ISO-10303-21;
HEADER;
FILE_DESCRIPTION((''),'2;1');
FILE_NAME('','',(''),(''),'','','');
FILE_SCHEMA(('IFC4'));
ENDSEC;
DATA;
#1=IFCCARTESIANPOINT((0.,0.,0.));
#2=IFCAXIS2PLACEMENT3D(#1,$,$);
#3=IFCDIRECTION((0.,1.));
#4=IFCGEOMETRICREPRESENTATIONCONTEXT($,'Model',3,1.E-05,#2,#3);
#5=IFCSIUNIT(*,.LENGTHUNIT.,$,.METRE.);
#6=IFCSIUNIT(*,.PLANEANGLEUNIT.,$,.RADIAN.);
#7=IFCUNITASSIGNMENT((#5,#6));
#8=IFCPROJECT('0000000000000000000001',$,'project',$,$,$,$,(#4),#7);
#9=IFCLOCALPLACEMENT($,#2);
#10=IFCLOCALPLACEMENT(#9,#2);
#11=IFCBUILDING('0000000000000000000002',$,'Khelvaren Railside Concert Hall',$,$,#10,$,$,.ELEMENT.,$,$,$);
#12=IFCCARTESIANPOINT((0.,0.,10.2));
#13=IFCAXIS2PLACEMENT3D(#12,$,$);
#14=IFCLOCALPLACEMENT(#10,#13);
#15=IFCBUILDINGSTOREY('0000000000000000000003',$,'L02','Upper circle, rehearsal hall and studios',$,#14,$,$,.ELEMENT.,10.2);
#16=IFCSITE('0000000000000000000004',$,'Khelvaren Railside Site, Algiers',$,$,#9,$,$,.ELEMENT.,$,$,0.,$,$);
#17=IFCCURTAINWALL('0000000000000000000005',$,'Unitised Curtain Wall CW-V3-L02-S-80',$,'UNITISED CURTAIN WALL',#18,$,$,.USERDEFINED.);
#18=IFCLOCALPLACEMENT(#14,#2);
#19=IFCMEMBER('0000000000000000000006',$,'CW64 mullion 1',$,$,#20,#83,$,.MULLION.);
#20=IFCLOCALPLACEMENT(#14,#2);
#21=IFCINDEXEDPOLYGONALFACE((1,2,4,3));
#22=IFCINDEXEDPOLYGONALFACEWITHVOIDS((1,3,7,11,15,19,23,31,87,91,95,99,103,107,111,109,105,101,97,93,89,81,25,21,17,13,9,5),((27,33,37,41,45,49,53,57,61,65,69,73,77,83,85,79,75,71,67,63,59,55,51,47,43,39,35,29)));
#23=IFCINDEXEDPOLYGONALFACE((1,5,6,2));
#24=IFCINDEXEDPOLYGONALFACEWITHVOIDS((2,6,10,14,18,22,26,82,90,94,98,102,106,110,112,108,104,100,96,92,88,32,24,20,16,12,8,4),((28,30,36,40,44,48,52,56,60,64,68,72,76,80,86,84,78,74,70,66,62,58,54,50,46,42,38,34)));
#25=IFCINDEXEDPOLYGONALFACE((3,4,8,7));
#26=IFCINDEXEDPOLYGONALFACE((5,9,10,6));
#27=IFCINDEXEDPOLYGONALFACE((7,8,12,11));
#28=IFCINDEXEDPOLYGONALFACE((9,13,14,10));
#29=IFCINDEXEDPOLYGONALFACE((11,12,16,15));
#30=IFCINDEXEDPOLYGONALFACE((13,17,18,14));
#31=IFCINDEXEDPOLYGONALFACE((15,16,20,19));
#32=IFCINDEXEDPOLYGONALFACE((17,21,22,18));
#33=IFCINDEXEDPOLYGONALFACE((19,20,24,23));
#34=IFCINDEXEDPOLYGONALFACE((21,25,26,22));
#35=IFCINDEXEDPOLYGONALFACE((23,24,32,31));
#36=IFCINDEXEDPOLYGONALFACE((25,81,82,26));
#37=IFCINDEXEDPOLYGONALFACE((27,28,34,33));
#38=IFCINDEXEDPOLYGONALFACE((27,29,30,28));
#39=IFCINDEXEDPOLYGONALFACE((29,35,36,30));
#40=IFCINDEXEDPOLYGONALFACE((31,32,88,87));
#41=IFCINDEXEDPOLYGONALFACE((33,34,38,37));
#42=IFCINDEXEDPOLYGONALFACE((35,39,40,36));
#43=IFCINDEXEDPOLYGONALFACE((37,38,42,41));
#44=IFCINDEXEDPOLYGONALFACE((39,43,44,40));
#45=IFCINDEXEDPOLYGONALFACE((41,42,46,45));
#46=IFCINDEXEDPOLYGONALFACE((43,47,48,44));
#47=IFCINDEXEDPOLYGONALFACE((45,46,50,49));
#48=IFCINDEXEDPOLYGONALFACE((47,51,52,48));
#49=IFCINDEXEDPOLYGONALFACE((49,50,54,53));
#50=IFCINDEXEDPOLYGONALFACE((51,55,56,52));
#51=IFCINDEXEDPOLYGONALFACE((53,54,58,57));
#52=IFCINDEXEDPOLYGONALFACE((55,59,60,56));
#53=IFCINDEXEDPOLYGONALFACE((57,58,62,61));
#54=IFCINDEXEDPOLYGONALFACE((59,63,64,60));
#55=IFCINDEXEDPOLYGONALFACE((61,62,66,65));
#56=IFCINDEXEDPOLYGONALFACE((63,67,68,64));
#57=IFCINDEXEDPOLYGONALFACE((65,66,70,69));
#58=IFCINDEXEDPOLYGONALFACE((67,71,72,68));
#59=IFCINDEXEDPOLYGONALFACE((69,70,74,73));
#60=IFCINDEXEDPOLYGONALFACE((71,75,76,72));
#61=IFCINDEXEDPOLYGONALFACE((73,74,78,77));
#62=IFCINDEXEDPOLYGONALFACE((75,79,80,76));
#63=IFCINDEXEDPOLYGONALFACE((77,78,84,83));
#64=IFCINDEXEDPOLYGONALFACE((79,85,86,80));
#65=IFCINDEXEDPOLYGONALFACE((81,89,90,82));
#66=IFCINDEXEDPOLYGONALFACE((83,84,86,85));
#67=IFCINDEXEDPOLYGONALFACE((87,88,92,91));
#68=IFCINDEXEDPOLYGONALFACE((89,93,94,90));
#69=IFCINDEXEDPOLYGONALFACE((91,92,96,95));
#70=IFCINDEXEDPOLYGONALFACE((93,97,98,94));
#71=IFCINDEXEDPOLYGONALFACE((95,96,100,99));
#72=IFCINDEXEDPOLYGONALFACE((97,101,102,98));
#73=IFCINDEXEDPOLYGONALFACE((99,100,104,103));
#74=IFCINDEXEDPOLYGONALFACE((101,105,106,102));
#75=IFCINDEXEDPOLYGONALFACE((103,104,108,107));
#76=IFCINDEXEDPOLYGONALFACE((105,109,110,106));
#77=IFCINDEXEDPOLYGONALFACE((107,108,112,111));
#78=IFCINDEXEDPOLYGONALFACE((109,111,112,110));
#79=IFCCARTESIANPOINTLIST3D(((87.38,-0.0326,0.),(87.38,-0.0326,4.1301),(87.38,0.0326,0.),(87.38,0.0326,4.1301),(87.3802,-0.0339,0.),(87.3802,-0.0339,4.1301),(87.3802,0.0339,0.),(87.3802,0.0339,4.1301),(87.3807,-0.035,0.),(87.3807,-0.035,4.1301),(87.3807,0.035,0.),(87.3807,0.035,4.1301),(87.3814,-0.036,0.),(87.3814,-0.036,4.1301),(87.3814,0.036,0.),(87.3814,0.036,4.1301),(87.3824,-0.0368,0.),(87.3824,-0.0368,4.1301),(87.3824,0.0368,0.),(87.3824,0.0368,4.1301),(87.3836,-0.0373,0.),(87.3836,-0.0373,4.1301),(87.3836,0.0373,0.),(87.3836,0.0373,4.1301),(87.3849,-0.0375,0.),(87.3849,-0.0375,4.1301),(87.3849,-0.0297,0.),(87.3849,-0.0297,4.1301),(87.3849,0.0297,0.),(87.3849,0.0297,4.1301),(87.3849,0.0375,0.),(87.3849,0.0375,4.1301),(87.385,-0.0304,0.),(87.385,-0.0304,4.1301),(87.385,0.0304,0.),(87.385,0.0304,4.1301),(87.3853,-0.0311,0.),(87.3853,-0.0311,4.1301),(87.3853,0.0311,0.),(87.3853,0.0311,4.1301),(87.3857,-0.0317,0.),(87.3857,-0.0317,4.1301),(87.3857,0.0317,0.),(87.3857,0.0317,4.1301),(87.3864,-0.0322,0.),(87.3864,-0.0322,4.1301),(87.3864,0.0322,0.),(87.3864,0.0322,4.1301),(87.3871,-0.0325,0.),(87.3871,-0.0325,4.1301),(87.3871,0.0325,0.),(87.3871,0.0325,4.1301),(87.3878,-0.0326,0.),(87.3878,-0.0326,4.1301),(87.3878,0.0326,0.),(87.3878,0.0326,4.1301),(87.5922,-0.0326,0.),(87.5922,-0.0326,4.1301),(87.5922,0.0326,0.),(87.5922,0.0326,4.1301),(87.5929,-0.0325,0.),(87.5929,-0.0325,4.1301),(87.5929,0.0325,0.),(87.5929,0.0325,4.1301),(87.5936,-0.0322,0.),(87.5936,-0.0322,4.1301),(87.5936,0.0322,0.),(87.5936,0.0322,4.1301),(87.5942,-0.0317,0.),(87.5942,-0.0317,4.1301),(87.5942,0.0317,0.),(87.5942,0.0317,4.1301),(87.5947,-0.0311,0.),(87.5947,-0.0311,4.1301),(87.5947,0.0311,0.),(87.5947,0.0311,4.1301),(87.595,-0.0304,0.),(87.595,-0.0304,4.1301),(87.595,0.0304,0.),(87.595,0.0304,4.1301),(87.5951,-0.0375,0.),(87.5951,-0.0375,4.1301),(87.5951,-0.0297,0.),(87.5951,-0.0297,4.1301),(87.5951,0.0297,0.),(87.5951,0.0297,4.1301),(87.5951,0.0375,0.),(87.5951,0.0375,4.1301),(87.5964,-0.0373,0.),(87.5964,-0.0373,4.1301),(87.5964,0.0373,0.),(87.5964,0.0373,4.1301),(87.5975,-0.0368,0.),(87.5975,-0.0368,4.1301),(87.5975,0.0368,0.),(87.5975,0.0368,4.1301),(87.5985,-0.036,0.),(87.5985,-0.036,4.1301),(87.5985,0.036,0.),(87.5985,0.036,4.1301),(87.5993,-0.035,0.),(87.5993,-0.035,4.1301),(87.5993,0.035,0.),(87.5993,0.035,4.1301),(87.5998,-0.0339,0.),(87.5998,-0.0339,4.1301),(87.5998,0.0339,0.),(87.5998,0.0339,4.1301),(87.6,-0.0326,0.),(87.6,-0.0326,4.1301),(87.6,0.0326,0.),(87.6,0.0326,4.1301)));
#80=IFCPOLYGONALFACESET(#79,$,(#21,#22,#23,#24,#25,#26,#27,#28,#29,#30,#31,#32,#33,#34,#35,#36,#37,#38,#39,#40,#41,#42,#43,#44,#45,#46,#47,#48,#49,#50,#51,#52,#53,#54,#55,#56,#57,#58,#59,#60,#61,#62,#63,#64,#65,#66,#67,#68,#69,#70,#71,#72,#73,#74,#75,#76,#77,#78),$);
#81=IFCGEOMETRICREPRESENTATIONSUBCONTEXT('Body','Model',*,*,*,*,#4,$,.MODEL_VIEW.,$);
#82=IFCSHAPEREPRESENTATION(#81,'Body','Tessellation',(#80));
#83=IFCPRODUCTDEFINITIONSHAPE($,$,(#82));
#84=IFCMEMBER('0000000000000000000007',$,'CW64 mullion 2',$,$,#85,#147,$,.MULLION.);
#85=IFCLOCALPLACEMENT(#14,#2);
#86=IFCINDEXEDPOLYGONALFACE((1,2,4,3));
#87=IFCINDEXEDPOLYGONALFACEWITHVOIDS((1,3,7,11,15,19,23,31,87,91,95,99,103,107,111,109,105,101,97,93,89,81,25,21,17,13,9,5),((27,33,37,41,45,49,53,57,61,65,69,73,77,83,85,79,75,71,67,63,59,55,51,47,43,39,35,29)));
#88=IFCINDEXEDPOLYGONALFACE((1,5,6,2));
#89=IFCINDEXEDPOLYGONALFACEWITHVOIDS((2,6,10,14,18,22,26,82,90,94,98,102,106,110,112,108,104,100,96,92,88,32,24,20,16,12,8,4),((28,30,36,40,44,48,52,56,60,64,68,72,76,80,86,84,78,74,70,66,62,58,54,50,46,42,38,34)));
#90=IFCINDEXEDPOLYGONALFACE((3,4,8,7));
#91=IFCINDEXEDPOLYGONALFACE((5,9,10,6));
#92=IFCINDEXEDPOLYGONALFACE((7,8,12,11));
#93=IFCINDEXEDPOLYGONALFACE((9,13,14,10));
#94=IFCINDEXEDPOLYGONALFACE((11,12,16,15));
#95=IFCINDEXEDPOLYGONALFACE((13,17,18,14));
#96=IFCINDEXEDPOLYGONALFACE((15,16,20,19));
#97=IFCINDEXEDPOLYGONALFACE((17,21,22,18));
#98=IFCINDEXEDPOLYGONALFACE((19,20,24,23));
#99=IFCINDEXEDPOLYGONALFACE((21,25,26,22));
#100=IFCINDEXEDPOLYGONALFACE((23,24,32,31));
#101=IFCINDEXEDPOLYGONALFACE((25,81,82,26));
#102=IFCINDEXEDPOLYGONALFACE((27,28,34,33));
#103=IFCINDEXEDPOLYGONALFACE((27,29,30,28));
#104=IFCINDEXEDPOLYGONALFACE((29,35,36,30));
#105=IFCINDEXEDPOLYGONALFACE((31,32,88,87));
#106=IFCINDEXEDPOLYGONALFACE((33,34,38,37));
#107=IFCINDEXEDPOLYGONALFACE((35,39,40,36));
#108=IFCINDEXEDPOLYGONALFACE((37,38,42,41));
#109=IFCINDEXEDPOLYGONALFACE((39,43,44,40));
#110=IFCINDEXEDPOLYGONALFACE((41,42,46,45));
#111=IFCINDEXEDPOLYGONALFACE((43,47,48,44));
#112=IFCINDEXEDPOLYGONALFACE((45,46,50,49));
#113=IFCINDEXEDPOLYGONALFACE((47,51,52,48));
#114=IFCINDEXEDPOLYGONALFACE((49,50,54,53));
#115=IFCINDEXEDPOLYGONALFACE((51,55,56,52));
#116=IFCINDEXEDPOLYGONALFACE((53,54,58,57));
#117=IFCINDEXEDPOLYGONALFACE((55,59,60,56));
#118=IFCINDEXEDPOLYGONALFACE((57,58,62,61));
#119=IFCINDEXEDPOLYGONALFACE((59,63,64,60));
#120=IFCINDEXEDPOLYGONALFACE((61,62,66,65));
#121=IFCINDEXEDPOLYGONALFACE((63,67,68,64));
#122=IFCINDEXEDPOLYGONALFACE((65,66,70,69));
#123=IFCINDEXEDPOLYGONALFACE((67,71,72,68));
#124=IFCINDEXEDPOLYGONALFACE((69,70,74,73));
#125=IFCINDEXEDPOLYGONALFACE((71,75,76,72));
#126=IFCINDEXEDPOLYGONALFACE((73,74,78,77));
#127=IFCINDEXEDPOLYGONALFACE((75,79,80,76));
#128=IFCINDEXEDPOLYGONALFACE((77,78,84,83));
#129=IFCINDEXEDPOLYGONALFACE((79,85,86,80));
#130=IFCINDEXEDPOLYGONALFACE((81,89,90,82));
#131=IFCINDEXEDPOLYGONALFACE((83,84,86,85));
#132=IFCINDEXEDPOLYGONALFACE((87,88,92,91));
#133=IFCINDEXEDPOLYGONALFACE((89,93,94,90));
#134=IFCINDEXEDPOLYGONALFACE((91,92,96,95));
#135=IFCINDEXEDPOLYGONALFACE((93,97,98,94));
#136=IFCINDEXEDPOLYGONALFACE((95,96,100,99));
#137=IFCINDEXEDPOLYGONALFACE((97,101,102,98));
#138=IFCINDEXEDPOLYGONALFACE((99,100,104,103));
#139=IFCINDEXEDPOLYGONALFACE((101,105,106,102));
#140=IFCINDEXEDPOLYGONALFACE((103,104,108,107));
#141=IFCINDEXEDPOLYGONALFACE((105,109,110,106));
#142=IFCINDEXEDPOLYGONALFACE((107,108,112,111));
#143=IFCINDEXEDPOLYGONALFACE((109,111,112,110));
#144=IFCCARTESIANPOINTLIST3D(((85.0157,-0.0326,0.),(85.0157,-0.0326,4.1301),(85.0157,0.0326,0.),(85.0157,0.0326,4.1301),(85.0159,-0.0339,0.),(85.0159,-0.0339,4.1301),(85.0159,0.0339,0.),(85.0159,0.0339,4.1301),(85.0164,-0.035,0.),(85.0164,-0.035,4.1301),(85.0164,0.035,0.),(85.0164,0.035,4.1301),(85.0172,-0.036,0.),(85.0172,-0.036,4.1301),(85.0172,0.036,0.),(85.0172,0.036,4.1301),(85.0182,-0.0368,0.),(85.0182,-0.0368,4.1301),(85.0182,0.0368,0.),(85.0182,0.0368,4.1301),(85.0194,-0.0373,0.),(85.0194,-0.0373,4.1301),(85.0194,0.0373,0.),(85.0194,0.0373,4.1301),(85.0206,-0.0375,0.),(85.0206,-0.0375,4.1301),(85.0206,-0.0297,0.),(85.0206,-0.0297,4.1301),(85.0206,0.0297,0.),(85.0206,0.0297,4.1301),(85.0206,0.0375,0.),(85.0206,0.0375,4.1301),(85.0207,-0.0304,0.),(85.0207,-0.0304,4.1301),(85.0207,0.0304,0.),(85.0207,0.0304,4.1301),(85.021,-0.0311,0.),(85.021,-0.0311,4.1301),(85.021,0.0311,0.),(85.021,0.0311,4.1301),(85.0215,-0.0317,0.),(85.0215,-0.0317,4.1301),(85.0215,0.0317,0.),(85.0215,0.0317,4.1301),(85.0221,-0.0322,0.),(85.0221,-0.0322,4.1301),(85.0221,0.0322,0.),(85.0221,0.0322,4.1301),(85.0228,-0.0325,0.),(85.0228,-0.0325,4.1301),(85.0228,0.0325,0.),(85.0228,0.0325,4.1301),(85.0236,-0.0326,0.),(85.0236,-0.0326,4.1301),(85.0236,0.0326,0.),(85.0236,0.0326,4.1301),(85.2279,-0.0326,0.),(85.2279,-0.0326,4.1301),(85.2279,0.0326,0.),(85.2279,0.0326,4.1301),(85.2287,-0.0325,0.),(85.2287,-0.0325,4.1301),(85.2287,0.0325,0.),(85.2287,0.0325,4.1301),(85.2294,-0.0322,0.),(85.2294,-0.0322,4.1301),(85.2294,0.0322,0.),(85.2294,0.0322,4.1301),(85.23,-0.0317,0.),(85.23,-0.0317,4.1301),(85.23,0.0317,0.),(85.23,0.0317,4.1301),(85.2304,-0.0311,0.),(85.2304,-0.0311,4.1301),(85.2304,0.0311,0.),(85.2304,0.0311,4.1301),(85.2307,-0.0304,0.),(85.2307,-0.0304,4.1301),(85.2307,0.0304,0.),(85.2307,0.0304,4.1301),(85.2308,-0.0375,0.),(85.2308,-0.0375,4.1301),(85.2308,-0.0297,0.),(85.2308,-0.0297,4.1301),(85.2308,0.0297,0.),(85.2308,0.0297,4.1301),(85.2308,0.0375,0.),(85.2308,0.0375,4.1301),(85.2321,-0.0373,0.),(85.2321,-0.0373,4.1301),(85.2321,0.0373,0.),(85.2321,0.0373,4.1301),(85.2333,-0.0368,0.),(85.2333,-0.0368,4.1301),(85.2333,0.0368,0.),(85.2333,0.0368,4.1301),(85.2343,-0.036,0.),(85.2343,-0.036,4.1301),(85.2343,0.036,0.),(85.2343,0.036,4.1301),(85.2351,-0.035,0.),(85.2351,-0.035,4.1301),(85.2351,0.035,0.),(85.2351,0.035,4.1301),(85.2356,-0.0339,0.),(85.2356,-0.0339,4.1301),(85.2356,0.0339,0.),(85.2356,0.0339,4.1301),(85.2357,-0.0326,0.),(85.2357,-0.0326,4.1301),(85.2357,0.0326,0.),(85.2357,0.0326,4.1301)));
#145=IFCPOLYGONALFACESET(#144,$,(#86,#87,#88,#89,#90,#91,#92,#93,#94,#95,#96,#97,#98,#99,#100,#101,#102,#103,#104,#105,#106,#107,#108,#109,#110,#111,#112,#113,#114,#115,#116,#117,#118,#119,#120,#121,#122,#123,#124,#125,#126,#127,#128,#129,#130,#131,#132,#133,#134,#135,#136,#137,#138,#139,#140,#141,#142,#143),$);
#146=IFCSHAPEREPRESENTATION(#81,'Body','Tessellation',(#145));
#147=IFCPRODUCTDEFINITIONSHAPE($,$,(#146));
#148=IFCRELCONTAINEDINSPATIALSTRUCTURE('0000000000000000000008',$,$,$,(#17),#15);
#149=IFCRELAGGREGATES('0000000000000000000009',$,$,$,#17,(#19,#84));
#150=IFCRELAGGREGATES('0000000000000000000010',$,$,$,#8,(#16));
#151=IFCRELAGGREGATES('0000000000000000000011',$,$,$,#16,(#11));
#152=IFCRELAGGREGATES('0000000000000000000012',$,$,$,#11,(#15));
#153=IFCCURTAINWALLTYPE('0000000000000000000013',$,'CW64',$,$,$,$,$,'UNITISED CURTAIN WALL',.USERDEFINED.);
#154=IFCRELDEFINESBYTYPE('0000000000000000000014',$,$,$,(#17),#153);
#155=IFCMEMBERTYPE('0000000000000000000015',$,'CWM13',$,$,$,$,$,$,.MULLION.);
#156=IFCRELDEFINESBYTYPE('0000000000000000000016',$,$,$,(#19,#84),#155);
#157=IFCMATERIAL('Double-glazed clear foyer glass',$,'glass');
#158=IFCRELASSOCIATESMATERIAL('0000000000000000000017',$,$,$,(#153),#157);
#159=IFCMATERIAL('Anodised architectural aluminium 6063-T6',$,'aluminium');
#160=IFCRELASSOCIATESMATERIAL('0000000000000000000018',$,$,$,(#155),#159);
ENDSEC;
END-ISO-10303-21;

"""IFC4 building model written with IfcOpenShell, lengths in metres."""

from ifc_helpers import new_model, si_unit, direction, frame, origin, origin_2d, place, context, subcontext, project, spatial, hollow_rectangle, extrude, material, material_profile, profile_set, type_object, element, aggregate, save


model = new_model("IFC4")

# Units and contexts
model_context = context("Model", 3, precision=1e-05, world=origin(), true_north=direction((0.0, 1.0)))
body_context = subcontext(model_context, "Body", "Model", "MODEL_VIEW")
ifc_project = project(units=[si_unit("LENGTHUNIT", "METRE"), si_unit("PLANEANGLEUNIT", "RADIAN")], contexts=[model_context])

# Site, building, storey
site_placement = place(None, origin())
site = spatial("IfcSite", under=ifc_project, at=site_placement, Name="Khelvaren Railside Site, Algiers", CompositionType="ELEMENT", RefElevation=0.0)
building_placement = place(site_placement, origin())
building = spatial("IfcBuilding", under=site, at=building_placement, Name="Khelvaren Railside Concert Hall", CompositionType="ELEMENT")
storey_placement = place(building_placement, frame((0.0, 0.0, 10.2)))
storey = spatial("IfcBuildingStorey", under=building, at=storey_placement, Name="L02", Description="Upper circle, rehearsal hall and studios", CompositionType="ELEMENT", Elevation=10.2)

# Curtain wall, members
ifc_material_1 = material(Name="Double-glazed clear foyer glass", Category="glass")
curtain_wall_type_1 = type_object("IfcCurtainWallType", Name="CW64", ElementType="UNITISED CURTAIN WALL", PredefinedType="USERDEFINED", material=ifc_material_1)
curtain_wall_1_placement = place(storey_placement, origin())
curtain_wall_1 = element("IfcCurtainWall", 1, at=curtain_wall_1_placement, inside=storey, type_object=curtain_wall_type_1, Name="Unitised Curtain Wall CW-V3-L02-S-80", ObjectType="UNITISED CURTAIN WALL", PredefinedType="USERDEFINED")
ifc_material_2 = material(Name="Anodised architectural aluminium 6063-T6", Category="aluminium")
ifc_material_profile_1 = material_profile(ifc_material_2, hollow_rectangle(XDim=0.075, YDim=0.22, WallThickness=0.0049, InnerFilletRadius=0.0029, OuterFilletRadius=0.0049, at=origin_2d()), Name="CWM 75x220x5")
ifc_profile_set_1 = profile_set([ifc_material_profile_1], Name="Anodised architectural aluminium 6063-T6")
member_type_1 = type_object("IfcMemberType", Name="CWM13", PredefinedType="MULLION", material=ifc_profile_set_1)
member_1_placement = place(storey_placement, frame((87.49, 0.0, 0.0), z_axis=(0.0, 0.0, 1.0), x_axis=(0.0, -1.0, 0.0)))
member_1 = element("IfcMember", 2, at=member_1_placement, type_object=member_type_1, Name="CW64 mullion 1", PredefinedType="MULLION", context=body_context, shape_type="SweptSolid", body=[
    extrude(hollow_rectangle(XDim=0.075, YDim=0.22, WallThickness=0.0049, InnerFilletRadius=0.0029, OuterFilletRadius=0.0049, at=origin_2d()), origin(), (0.0, 0.0, 1.0), 4.1301),
])
member_2_placement = place(storey_placement, frame((85.1257, 0.0, 0.0), z_axis=(0.0, 0.0, 1.0), x_axis=(0.0, -1.0, 0.0)))
member_2 = element("IfcMember", 3, at=member_2_placement, type_object=member_type_1, Name="CW64 mullion 2", PredefinedType="MULLION", context=body_context, shape_type="SweptSolid", body=[
    extrude(hollow_rectangle(XDim=0.075, YDim=0.22, WallThickness=0.0049, InnerFilletRadius=0.0029, OuterFilletRadius=0.0049, at=origin_2d()), origin(), (0.0, 0.0, 1.0), 4.1301),
])

aggregate(curtain_wall_1, [member_1, member_2])

save(model, "model.ifc")
